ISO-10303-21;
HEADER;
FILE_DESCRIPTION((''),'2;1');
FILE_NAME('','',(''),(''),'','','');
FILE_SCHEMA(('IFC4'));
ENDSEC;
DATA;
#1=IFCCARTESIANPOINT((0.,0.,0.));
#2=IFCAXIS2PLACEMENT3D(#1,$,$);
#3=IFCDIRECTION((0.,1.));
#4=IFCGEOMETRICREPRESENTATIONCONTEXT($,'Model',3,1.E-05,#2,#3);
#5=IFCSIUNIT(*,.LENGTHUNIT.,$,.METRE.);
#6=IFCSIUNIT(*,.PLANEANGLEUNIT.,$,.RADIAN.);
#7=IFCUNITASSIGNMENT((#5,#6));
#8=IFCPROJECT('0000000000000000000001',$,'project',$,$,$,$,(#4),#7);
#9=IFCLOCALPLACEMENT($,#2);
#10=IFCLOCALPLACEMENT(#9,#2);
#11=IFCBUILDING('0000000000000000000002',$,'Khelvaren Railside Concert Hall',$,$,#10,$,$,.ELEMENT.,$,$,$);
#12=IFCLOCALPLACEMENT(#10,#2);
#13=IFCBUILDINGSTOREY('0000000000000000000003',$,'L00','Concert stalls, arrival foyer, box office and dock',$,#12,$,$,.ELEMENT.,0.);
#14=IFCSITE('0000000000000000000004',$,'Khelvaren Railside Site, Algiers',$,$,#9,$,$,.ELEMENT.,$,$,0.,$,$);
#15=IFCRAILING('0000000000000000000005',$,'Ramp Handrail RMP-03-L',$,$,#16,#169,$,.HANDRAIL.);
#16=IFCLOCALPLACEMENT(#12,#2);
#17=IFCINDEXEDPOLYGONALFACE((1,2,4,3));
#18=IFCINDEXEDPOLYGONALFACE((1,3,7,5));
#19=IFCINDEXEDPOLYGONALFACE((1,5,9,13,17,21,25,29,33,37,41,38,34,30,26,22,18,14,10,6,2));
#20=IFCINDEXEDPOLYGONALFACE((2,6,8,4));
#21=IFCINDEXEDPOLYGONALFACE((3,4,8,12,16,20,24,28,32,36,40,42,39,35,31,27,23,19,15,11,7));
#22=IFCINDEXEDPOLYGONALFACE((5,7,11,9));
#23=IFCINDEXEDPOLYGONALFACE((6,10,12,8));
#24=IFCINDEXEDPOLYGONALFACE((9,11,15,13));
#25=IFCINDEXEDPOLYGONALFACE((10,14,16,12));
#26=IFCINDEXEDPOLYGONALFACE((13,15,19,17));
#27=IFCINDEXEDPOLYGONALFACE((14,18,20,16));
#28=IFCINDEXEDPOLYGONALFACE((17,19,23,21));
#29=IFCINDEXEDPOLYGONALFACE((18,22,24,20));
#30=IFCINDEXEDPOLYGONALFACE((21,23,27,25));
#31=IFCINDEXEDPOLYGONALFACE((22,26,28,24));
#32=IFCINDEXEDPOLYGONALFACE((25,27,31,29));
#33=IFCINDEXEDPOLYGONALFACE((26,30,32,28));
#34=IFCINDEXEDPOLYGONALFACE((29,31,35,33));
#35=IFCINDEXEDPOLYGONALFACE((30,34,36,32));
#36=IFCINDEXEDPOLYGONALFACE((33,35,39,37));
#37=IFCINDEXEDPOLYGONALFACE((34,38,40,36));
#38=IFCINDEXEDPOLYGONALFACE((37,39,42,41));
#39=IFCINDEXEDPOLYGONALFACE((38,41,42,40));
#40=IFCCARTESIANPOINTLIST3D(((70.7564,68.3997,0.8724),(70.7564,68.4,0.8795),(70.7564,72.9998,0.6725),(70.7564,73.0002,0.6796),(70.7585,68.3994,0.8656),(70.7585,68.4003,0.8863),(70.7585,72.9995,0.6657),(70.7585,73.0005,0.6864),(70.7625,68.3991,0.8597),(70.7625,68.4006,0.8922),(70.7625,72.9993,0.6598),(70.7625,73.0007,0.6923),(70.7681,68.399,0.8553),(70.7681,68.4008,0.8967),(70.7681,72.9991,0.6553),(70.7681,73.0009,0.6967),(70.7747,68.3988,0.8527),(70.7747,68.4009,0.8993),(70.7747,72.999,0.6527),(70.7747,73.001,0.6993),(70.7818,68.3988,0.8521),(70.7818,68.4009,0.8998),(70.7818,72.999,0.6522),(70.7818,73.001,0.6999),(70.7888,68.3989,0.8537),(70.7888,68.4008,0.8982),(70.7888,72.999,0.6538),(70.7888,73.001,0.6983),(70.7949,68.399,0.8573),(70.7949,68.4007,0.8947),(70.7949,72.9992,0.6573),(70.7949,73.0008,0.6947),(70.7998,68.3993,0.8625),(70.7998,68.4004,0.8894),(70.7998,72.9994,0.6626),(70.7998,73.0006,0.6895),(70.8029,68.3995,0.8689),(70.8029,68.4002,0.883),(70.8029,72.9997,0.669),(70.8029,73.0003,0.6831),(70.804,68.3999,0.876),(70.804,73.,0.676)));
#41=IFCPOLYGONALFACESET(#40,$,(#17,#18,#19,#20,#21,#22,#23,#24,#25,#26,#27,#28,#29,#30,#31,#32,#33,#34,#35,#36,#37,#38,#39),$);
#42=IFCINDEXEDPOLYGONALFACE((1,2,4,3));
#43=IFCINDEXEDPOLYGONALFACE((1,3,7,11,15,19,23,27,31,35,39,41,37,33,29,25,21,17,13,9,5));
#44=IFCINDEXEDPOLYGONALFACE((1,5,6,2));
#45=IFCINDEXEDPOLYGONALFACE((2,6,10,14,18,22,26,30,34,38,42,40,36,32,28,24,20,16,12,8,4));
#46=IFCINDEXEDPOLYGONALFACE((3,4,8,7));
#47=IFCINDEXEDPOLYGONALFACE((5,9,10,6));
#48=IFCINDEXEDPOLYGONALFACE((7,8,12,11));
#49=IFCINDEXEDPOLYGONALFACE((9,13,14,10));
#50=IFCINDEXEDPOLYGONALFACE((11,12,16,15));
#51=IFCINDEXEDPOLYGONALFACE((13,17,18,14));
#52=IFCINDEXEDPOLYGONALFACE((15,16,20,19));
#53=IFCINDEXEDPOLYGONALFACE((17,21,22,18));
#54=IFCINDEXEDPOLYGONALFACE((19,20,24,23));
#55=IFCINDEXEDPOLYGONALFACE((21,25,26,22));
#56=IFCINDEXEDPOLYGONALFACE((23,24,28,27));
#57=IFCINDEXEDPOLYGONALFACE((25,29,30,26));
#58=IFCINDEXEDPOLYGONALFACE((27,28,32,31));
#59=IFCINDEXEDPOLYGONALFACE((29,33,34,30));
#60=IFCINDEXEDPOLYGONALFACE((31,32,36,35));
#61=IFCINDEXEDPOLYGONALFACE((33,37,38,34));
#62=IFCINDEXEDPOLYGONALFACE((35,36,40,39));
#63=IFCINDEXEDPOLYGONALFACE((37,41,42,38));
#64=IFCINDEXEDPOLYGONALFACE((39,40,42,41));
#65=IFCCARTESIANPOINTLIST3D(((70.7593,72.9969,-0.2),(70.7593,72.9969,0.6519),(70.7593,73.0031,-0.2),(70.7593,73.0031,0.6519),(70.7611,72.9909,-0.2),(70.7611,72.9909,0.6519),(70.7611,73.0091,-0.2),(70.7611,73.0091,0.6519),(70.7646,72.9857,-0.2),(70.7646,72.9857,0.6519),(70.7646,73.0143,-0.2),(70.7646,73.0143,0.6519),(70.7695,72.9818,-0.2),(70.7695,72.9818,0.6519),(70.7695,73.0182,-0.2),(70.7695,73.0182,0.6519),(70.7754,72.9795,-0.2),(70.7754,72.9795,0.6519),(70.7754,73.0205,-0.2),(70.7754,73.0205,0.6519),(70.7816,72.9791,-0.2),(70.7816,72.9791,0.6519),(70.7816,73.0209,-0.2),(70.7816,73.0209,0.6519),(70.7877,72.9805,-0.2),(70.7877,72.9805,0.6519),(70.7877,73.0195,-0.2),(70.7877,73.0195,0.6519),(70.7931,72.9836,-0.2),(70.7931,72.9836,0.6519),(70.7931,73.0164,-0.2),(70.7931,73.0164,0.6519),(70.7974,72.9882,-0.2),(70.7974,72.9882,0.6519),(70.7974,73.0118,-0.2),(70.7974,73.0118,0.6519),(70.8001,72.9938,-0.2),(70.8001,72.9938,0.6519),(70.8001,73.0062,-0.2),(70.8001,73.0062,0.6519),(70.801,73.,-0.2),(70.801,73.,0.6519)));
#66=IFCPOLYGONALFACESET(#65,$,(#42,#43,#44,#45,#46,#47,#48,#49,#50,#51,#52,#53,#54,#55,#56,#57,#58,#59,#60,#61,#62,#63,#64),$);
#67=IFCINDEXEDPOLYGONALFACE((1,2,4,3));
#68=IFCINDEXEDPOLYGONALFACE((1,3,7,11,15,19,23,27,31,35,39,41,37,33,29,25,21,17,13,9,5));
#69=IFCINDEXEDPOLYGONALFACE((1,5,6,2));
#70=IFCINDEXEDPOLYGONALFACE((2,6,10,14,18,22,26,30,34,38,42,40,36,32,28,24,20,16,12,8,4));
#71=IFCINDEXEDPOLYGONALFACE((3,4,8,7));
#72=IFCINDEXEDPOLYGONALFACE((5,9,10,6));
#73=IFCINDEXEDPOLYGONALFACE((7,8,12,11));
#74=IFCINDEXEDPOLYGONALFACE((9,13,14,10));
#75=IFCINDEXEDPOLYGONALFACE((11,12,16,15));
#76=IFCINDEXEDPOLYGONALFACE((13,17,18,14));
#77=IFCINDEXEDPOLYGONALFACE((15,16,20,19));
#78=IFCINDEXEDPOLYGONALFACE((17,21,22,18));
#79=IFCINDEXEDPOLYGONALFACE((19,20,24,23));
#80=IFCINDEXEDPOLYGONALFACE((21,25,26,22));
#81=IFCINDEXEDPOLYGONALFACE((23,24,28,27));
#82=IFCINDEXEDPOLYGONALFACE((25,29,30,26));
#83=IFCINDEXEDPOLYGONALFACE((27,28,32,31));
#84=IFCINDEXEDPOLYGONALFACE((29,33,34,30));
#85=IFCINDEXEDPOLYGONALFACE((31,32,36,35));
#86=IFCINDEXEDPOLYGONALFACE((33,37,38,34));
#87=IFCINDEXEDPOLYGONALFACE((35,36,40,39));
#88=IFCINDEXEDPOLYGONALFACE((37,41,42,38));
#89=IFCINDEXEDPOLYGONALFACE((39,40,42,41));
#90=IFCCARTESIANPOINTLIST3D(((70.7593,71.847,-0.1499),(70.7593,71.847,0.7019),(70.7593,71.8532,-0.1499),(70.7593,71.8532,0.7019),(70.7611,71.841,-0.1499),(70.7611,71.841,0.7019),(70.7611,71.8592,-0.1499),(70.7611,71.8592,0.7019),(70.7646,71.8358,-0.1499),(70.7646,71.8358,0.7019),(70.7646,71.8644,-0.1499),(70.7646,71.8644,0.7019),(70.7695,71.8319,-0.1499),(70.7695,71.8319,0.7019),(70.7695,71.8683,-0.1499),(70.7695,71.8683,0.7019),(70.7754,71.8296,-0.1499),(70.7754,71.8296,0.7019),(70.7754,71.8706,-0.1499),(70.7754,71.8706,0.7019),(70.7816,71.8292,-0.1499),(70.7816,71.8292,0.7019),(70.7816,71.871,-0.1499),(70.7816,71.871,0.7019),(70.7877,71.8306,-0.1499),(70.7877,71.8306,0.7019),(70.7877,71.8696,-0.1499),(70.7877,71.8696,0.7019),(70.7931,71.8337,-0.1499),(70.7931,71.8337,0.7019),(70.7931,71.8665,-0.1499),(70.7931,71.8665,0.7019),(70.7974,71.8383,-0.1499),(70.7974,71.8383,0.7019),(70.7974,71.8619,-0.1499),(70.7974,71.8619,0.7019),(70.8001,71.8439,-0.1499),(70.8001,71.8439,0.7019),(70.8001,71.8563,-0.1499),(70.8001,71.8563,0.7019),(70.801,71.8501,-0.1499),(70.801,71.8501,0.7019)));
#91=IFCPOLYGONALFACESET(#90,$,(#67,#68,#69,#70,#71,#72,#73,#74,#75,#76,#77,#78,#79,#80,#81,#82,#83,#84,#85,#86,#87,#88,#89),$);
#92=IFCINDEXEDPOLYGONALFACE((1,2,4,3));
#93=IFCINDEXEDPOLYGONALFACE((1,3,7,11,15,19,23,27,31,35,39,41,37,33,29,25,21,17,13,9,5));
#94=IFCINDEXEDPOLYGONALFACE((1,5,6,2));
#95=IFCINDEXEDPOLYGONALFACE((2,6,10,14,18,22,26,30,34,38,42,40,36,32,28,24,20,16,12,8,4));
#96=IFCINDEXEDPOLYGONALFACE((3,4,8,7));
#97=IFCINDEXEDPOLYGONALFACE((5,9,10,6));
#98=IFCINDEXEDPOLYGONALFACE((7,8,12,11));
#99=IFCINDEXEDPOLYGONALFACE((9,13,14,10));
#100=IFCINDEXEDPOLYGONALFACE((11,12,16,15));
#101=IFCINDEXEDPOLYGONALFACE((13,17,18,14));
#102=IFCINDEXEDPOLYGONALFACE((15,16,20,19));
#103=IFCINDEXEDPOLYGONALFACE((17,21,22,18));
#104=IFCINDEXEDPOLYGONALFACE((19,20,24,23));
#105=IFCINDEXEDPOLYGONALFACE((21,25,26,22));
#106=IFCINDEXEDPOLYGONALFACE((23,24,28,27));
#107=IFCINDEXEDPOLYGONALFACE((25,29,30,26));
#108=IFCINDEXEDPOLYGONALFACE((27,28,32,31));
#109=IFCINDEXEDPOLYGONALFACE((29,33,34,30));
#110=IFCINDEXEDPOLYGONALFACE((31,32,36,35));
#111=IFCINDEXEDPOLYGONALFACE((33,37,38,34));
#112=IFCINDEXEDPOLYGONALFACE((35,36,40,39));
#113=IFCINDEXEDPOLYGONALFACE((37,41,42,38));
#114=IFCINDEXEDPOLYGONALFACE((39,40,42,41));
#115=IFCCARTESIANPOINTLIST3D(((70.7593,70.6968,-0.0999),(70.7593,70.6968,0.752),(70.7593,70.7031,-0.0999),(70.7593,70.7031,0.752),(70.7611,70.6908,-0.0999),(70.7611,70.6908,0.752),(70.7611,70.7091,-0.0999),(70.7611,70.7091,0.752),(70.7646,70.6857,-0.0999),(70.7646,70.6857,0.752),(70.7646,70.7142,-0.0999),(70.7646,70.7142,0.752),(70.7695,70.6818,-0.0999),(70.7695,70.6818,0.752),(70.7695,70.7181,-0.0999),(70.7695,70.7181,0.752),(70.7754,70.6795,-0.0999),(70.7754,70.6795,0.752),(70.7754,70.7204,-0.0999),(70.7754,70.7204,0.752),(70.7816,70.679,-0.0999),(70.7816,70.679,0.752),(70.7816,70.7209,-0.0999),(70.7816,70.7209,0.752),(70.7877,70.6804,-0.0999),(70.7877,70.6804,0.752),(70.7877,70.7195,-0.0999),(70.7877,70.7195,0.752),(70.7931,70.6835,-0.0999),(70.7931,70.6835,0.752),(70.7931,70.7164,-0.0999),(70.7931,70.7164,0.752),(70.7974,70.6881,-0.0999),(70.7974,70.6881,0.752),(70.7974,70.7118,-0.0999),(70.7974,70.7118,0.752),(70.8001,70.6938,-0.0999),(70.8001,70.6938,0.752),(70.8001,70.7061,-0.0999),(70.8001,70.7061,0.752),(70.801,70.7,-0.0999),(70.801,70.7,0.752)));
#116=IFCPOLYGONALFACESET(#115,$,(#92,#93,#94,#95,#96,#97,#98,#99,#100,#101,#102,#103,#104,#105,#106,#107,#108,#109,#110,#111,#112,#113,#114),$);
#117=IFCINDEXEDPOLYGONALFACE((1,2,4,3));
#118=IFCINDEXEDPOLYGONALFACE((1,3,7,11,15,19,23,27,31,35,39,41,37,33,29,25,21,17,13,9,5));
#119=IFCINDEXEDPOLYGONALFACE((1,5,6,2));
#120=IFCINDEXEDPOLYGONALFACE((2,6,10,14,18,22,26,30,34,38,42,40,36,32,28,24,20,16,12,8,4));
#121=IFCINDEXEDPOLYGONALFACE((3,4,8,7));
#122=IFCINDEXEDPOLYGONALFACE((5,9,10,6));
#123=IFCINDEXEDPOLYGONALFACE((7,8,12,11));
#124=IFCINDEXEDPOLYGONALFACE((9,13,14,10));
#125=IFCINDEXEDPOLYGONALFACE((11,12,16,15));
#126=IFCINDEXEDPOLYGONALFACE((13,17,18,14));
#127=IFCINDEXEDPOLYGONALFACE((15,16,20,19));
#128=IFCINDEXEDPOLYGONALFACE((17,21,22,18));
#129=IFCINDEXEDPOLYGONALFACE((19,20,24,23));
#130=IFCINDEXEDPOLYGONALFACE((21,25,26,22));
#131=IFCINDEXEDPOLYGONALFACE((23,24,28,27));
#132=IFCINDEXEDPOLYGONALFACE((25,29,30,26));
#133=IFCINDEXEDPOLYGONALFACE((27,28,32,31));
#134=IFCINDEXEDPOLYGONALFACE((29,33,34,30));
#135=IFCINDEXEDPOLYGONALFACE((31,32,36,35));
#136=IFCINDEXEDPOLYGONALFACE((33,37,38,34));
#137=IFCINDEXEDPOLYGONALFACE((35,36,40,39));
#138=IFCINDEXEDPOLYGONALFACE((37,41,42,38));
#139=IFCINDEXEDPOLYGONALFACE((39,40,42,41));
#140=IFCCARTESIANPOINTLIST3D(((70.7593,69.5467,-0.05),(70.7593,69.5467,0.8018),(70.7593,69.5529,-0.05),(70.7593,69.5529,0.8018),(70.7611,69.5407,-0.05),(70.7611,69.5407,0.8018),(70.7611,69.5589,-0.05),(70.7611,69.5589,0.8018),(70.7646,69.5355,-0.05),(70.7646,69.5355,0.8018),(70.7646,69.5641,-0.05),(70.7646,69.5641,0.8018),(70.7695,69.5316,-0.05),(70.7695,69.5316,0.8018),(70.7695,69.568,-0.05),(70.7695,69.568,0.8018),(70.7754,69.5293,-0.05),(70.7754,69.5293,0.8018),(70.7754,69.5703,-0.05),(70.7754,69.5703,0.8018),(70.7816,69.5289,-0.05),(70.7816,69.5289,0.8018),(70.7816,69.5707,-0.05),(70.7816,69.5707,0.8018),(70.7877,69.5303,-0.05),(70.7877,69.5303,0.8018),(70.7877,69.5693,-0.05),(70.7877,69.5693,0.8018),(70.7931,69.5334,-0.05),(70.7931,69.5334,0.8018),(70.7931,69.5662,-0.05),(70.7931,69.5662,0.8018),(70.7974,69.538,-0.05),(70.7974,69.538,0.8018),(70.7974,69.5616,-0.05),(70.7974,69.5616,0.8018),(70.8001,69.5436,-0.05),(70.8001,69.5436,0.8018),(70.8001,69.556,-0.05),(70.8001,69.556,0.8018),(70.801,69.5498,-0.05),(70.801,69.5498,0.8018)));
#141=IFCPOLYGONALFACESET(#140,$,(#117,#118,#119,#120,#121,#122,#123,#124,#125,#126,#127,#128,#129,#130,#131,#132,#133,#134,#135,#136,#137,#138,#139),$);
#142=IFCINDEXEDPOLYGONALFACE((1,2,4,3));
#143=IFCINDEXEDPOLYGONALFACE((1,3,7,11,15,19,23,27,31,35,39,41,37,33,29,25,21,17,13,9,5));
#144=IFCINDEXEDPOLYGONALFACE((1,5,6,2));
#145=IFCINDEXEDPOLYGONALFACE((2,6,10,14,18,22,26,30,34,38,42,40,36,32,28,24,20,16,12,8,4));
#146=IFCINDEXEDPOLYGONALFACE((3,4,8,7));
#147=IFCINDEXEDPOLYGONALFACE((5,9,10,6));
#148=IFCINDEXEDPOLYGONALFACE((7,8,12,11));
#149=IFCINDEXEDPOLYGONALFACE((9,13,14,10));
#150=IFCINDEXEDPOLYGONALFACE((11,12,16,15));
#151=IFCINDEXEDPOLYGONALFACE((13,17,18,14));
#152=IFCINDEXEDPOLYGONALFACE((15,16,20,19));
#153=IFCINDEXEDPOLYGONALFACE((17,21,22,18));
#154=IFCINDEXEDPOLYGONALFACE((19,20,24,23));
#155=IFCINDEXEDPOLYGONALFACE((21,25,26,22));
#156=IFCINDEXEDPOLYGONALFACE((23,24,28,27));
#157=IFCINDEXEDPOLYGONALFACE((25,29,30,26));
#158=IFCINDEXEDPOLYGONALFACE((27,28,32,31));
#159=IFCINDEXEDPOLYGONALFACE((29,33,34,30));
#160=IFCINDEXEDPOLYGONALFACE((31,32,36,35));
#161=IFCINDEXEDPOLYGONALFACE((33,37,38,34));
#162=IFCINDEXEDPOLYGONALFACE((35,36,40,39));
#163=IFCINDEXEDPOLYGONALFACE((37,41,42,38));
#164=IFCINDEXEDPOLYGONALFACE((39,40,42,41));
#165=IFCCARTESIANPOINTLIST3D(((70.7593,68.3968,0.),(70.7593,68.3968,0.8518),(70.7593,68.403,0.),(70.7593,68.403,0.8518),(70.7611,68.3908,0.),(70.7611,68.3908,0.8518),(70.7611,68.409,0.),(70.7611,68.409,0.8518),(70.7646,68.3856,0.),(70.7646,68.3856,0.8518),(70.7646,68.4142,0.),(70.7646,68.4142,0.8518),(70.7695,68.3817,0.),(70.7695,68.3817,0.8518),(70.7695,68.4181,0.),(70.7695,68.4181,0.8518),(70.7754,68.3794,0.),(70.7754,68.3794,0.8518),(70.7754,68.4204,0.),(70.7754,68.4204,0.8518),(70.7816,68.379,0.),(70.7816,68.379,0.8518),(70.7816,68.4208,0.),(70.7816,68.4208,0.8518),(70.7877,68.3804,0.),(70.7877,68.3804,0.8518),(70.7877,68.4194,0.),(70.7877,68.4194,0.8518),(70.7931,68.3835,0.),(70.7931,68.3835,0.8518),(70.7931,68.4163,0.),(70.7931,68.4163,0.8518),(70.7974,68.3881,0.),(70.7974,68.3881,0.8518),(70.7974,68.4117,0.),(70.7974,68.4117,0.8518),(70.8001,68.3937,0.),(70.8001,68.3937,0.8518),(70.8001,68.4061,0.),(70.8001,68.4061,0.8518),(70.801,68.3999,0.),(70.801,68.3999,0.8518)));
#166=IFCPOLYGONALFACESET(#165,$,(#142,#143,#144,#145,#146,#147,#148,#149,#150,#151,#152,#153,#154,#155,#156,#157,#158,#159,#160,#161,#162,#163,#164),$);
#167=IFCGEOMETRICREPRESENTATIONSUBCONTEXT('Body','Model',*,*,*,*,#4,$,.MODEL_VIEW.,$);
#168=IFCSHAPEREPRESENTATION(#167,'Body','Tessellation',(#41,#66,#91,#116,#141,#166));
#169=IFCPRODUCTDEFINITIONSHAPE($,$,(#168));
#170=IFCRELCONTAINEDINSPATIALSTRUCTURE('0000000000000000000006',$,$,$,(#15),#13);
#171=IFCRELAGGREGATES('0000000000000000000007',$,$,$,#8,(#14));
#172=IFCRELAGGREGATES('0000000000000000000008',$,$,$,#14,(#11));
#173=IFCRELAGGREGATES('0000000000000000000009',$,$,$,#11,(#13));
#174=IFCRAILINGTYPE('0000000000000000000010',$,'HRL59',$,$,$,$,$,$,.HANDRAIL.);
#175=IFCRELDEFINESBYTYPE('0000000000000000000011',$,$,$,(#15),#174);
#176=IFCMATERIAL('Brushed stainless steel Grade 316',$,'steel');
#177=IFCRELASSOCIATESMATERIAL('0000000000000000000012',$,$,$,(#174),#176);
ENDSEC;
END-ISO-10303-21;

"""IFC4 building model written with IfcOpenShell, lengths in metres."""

from ifc_helpers import new_model, si_unit, direction, frame, origin, origin_2d, place, context, subcontext, project, spatial, circle, extrude, material, type_object, element, save


model = new_model("IFC4")

# Units and contexts
model_context = context("Model", 3, precision=1e-05, world=origin(), true_north=direction((0.0, 1.0)))
body_context = subcontext(model_context, "Body", "Model", "MODEL_VIEW")
ifc_project = project(units=[si_unit("LENGTHUNIT", "METRE"), si_unit("PLANEANGLEUNIT", "RADIAN")], contexts=[model_context])

# Site, building, storey
site_placement = place(None, origin())
site = spatial("IfcSite", under=ifc_project, at=site_placement, Name="Khelvaren Railside Site, Algiers", CompositionType="ELEMENT", RefElevation=0.0)
building_placement = place(site_placement, origin())
building = spatial("IfcBuilding", under=site, at=building_placement, Name="Khelvaren Railside Concert Hall", CompositionType="ELEMENT")
storey_placement = place(building_placement, origin())
storey = spatial("IfcBuildingStorey", under=building, at=storey_placement, Name="L00", Description="Concert stalls, arrival foyer, box office and dock", CompositionType="ELEMENT", Elevation=0.0)

# Railing
ifc_material_1 = material(Name="Brushed stainless steel Grade 316", Category="steel")
railing_type_1 = type_object("IfcRailingType", Name="HRL59", PredefinedType="HANDRAIL", material=ifc_material_1)
for number, where, name in (
    (1, (70.78, 73.0, -0.2), "Ramp Handrail RMP-03-L"),
):
    element("IfcRailing", number, at=place(storey_placement, frame(where)), inside=storey, type_object=railing_type_1, Name=name, PredefinedType="HANDRAIL", context=body_context, shape_type="SweptSolid", body=[
        extrude(circle(Radius=0.0239, at=origin_2d()), frame((0.0, 0.0, 0.876), z_axis=(0.0, -0.999057, 0.043426), x_axis=(1.0, 0.0, 0.0)), (0.0, 0.0, 1.0), 4.6045),
        extrude(circle(Radius=0.021, at=origin_2d()), origin(), (0.0, 0.0, 1.0), 0.8518),
        extrude(circle(Radius=0.021, at=origin_2d()), frame((0.0, -1.1499, 0.05)), (0.0, 0.0, 1.0), 0.8518),
        extrude(circle(Radius=0.021, at=origin_2d()), frame((0.0, -2.3, 0.1001)), (0.0, 0.0, 1.0), 0.8518),
        extrude(circle(Radius=0.021, at=origin_2d()), frame((0.0, -3.4502, 0.1499)), (0.0, 0.0, 1.0), 0.8518),
        extrude(circle(Radius=0.021, at=origin_2d()), frame((0.0, -4.6001, 0.2)), (0.0, 0.0, 1.0), 0.8518),
    ])

save(model, "model.ifc")
